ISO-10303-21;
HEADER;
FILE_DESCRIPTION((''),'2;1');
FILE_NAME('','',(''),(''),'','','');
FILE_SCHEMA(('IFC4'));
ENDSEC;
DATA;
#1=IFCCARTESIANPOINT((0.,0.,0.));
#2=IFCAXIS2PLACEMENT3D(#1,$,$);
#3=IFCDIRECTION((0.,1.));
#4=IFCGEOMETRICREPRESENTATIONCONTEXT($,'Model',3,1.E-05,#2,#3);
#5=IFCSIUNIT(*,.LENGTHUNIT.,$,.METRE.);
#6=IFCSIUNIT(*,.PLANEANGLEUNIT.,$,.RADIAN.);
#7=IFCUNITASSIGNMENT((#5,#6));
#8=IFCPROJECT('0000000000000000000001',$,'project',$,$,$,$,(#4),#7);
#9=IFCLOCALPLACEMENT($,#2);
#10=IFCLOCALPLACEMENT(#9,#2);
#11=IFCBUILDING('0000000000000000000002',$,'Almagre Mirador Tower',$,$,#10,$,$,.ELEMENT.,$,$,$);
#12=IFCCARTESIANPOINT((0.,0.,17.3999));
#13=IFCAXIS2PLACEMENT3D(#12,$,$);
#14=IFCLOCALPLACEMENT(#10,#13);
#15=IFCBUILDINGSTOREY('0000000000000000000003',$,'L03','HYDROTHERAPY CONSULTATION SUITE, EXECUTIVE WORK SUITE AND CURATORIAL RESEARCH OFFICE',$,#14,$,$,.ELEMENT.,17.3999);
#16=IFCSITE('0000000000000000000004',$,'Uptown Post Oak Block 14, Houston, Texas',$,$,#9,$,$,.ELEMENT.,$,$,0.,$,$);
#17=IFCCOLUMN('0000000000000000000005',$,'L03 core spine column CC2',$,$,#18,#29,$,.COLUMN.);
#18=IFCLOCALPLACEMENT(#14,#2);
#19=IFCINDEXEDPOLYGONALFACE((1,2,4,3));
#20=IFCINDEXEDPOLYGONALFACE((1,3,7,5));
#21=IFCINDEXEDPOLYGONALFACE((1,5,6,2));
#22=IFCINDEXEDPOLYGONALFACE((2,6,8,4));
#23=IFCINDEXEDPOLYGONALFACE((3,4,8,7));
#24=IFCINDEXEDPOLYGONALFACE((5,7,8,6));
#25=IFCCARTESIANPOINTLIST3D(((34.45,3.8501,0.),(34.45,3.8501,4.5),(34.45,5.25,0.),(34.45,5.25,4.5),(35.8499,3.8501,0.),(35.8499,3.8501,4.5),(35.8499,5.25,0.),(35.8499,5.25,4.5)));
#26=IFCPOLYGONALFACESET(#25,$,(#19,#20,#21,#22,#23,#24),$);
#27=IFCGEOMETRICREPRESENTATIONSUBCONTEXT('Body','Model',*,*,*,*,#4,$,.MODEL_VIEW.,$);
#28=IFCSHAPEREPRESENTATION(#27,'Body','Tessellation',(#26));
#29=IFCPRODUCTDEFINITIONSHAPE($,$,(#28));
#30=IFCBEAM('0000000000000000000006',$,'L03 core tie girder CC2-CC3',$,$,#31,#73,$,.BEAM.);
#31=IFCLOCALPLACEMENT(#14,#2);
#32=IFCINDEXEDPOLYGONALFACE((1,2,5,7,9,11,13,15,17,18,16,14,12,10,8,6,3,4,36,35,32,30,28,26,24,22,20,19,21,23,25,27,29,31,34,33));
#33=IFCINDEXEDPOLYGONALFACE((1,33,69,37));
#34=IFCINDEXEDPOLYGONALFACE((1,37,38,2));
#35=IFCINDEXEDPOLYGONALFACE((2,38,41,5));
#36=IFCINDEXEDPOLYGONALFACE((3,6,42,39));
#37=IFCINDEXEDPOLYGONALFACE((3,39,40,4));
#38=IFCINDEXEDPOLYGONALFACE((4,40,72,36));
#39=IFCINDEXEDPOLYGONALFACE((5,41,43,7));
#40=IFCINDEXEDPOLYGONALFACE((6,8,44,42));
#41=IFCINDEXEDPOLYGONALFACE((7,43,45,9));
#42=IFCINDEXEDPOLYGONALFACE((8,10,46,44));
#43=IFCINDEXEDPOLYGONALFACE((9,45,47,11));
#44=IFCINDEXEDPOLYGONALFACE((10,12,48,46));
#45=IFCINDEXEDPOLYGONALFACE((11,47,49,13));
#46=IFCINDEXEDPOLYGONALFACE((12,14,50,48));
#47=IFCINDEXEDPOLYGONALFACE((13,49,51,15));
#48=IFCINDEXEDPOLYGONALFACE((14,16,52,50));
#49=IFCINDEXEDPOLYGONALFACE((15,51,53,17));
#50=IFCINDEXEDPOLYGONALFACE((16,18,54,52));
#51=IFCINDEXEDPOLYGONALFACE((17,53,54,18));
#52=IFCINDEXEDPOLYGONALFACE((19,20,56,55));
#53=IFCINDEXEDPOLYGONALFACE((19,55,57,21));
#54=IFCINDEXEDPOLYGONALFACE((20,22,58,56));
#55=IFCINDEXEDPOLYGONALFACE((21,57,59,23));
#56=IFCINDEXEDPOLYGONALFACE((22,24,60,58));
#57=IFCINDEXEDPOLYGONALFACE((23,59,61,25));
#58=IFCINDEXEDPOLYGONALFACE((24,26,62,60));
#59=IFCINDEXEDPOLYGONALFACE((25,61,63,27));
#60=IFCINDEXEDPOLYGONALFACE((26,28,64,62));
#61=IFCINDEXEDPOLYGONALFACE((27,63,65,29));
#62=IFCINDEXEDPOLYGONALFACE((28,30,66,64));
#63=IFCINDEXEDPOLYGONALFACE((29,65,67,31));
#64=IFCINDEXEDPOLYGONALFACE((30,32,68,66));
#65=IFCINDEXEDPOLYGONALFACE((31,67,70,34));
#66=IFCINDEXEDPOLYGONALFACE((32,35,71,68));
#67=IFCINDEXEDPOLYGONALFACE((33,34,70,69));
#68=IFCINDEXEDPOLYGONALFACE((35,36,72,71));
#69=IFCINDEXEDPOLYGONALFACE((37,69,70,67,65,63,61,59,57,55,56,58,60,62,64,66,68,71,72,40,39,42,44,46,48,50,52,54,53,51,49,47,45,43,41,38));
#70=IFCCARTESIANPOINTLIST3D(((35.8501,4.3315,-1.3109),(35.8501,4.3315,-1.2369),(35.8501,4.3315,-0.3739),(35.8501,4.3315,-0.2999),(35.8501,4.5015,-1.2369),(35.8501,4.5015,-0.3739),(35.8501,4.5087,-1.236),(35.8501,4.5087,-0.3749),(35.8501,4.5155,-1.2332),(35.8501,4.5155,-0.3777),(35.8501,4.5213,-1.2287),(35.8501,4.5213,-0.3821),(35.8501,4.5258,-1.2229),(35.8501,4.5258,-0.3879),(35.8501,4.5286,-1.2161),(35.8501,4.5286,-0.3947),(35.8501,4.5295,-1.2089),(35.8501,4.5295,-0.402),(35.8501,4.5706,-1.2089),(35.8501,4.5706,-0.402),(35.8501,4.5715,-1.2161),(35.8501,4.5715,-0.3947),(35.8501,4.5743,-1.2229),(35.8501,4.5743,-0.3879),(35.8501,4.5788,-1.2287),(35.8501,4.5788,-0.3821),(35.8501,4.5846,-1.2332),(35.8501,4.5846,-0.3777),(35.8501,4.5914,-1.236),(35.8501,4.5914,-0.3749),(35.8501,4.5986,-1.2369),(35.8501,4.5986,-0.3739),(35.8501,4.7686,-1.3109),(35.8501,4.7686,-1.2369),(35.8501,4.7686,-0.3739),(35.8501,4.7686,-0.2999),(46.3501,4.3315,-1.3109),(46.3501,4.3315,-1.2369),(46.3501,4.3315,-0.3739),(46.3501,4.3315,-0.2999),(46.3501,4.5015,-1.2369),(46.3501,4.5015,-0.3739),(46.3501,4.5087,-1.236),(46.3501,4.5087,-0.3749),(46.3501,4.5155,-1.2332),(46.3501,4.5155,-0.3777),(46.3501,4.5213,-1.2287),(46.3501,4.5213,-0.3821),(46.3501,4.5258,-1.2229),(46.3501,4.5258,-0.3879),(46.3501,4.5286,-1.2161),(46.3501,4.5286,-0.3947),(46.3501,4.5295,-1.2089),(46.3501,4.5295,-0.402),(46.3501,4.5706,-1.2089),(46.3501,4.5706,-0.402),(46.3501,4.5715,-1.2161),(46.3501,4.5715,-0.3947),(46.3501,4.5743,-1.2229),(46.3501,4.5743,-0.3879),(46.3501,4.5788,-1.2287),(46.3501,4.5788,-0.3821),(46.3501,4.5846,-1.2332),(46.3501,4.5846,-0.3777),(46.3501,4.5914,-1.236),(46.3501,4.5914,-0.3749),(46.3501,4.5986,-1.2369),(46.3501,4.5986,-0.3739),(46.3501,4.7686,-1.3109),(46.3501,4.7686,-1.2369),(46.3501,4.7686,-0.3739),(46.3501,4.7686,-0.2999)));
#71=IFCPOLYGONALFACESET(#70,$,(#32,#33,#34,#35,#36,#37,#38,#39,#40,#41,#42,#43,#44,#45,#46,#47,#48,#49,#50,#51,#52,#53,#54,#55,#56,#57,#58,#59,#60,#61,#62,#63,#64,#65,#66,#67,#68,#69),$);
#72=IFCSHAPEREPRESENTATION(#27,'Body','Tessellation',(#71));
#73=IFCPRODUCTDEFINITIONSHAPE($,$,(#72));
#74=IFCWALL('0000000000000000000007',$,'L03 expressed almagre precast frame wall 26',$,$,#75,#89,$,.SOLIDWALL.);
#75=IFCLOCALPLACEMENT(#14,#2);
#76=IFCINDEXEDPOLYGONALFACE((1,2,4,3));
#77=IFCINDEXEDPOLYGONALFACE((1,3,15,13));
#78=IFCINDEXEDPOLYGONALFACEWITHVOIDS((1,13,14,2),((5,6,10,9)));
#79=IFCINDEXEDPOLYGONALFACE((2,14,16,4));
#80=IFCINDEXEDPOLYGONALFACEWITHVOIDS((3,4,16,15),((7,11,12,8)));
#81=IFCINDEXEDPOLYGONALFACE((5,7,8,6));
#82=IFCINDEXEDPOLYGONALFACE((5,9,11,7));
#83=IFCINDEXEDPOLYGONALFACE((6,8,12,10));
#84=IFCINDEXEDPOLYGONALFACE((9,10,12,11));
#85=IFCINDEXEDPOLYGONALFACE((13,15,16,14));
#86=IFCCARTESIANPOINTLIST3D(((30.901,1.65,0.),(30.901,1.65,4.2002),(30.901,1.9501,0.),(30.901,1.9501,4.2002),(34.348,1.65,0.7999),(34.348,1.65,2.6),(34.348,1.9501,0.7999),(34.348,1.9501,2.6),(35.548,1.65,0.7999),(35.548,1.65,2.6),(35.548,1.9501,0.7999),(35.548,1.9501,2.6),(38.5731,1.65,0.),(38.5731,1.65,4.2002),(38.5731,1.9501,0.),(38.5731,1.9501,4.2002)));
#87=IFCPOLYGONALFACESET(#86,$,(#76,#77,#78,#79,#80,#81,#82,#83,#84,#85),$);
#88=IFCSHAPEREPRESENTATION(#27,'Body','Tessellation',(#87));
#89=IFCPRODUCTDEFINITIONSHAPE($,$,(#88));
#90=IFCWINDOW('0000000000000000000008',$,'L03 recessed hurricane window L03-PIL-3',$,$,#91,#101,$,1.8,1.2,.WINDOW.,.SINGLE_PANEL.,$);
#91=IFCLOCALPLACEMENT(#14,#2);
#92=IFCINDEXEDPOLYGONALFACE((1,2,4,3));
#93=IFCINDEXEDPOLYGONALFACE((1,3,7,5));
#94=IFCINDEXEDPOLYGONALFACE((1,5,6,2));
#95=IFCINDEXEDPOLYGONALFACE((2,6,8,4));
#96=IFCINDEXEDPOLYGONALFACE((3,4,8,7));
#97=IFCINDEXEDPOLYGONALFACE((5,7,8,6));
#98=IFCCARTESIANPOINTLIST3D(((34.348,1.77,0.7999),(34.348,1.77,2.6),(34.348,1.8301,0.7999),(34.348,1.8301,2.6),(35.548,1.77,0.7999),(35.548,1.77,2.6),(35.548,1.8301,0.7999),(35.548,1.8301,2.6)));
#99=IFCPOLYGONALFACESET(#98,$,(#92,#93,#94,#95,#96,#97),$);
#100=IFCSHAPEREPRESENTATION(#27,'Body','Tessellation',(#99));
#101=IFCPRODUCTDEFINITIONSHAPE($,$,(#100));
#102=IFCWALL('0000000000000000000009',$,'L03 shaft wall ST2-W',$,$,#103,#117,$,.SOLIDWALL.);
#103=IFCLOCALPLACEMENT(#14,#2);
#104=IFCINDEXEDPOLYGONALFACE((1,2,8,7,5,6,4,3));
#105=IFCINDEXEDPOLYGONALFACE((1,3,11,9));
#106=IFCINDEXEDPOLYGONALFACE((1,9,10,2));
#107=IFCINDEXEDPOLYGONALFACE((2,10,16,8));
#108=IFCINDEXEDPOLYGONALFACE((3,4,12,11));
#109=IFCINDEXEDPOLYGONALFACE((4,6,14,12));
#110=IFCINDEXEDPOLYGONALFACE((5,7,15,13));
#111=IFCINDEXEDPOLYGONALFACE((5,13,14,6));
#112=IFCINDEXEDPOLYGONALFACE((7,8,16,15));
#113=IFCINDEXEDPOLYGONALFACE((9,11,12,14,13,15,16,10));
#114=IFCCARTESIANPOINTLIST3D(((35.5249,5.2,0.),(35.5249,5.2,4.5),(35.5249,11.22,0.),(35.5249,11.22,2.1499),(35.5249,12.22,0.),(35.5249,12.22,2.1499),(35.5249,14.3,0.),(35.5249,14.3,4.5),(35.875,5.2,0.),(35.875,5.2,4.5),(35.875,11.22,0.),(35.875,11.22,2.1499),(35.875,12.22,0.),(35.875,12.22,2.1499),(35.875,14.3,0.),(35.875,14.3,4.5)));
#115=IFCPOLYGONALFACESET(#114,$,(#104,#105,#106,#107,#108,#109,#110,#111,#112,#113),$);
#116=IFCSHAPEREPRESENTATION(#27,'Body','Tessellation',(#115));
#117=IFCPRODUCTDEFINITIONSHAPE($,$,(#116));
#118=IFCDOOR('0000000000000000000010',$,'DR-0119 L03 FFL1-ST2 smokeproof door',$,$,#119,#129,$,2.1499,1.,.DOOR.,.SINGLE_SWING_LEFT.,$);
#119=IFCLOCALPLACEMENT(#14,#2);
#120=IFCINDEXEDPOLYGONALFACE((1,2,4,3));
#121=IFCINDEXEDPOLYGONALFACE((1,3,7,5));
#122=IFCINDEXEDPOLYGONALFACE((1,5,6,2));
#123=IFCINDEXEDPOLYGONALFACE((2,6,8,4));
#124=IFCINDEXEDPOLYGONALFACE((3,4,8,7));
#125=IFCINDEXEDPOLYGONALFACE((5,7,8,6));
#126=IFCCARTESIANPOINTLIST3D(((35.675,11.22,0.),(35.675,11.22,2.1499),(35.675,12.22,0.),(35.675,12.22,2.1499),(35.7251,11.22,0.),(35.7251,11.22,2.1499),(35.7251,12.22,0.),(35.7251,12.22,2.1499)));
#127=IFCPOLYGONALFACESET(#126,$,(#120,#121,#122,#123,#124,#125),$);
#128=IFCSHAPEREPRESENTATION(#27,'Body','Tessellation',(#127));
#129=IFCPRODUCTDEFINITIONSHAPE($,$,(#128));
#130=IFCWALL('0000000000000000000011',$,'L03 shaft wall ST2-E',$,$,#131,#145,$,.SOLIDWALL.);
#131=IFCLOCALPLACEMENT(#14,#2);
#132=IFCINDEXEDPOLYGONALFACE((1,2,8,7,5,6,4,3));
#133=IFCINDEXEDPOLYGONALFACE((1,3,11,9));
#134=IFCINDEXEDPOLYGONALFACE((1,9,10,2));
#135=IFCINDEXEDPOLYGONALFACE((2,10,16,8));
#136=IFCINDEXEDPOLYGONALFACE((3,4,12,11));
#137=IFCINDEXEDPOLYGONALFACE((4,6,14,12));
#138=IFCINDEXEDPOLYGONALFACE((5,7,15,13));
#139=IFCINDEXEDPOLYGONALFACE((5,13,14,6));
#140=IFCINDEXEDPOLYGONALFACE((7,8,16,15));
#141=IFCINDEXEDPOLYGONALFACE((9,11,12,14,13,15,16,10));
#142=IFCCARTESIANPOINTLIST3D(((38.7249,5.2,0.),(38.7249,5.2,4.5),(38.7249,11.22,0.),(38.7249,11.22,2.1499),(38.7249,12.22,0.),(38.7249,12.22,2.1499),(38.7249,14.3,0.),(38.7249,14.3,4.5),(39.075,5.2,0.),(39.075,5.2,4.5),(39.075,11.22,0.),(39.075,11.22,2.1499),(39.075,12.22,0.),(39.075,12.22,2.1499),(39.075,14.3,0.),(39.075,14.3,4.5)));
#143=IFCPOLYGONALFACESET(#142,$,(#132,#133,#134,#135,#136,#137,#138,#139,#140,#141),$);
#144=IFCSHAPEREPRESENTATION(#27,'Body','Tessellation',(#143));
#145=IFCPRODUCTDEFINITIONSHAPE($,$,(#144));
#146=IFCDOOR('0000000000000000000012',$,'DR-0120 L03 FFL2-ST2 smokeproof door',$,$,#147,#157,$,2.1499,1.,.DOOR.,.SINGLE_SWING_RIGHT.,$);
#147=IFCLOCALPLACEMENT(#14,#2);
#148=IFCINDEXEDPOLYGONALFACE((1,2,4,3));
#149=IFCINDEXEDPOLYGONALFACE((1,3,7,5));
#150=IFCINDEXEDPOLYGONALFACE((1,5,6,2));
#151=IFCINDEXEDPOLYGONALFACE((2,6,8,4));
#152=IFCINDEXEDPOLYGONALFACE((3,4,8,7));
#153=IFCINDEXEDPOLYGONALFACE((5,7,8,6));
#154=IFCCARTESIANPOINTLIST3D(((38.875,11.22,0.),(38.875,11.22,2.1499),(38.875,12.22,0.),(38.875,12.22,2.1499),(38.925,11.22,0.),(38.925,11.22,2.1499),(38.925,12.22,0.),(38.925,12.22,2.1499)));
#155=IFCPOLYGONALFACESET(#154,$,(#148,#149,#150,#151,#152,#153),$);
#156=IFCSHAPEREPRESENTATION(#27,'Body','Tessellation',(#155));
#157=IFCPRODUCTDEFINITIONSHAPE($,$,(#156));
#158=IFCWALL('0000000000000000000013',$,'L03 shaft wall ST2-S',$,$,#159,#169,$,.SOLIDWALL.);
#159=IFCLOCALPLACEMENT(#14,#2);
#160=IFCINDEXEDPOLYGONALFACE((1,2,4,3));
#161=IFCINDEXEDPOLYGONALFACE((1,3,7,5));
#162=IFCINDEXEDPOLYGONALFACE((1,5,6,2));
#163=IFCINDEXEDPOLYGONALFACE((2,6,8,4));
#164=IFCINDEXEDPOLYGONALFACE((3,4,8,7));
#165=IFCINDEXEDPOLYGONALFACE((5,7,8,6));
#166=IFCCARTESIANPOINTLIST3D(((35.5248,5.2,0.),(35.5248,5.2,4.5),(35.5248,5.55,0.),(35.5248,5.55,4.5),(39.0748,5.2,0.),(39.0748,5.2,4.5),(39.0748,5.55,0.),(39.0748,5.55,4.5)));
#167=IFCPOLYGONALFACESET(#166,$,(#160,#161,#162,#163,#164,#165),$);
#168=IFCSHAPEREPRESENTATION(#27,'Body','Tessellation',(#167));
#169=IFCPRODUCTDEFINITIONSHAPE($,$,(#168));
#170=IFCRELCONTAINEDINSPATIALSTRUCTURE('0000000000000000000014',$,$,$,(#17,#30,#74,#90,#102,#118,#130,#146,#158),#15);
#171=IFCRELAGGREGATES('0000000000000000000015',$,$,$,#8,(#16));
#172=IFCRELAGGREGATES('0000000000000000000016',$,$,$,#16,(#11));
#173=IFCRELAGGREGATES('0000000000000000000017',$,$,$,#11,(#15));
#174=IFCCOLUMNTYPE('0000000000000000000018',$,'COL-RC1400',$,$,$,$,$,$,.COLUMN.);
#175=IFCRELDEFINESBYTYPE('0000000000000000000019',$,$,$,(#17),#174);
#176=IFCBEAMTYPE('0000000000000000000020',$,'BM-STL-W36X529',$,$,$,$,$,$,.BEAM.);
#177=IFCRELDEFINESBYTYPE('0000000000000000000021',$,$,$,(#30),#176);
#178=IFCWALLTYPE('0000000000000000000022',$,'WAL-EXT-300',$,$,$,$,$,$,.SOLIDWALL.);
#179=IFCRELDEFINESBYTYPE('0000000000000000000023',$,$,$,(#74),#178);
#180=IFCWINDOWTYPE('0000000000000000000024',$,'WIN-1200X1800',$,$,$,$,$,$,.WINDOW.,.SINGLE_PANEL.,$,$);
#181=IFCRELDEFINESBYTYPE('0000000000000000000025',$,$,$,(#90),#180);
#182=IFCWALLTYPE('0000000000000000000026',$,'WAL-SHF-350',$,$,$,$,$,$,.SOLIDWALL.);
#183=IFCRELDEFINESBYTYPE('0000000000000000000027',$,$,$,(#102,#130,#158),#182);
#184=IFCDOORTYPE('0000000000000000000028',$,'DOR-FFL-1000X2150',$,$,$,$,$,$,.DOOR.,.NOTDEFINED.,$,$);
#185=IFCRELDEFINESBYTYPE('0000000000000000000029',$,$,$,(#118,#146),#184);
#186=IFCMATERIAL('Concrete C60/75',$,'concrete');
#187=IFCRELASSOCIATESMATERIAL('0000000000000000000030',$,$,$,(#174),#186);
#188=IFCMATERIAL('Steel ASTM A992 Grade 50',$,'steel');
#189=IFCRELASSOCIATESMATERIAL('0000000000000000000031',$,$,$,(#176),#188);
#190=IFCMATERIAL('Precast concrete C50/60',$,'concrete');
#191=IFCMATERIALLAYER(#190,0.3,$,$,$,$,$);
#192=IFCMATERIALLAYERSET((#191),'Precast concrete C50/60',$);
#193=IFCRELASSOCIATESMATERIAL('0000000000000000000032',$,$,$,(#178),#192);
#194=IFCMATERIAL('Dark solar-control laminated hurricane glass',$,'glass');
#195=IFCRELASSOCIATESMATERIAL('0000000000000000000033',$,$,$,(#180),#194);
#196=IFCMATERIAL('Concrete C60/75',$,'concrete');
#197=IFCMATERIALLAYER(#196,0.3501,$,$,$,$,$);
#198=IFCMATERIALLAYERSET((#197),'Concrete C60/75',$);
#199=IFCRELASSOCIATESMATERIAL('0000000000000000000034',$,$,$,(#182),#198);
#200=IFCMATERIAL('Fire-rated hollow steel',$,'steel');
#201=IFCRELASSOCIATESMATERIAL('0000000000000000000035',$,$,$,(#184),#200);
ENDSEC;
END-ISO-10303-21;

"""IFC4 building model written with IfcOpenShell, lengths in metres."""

from ifc_helpers import new_model, si_unit, direction, frame, frame_2d, origin, origin_2d, place, context, subcontext, project, spatial, rectangle, i_section, extrude, material, layer, layer_set, material_profile, profile_set, type_object, element, fill, save


model = new_model("IFC4")

# Units and contexts
model_context = context("Model", 3, precision=1e-05, world=origin(), true_north=direction((0.0, 1.0)))
body_context = subcontext(model_context, "Body", "Model", "MODEL_VIEW")
ifc_project = project(units=[si_unit("LENGTHUNIT", "METRE"), si_unit("PLANEANGLEUNIT", "RADIAN")], contexts=[model_context])

# Site, building, storey
site_placement = place(None, origin())
site = spatial("IfcSite", under=ifc_project, at=site_placement, Name="Uptown Post Oak Block 14, Houston, Texas", CompositionType="ELEMENT", RefElevation=0.0)
building_placement = place(site_placement, origin())
building = spatial("IfcBuilding", under=site, at=building_placement, Name="Almagre Mirador Tower", CompositionType="ELEMENT")
storey_placement = place(building_placement, frame((0.0, 0.0, 17.3999)))
storey = spatial("IfcBuildingStorey", under=building, at=storey_placement, Name="L03", Description="HYDROTHERAPY CONSULTATION SUITE, EXECUTIVE WORK SUITE AND CURATORIAL RESEARCH OFFICE", CompositionType="ELEMENT", Elevation=17.3999)

# Column
ifc_material_1 = material(Name="Concrete C60/75", Category="concrete")
ifc_material_profile_1 = material_profile(ifc_material_1, rectangle(XDim=1.3999, YDim=1.3999, at=origin_2d()), Name="RC1400X1400")
ifc_profile_set_1 = profile_set([ifc_material_profile_1], Name="Concrete C60/75")
column_type = type_object("IfcColumnType", Name="COL-RC1400", PredefinedType="COLUMN", material=ifc_profile_set_1)
column_placement = place(storey_placement, frame((35.1499, 4.55, 0.0), z_axis=(0.0, 0.0, 1.0), x_axis=(1.0, 0.0, 0.0)))
element("IfcColumn", 1, at=column_placement, inside=storey, type_object=column_type, Name="L03 core spine column CC2", PredefinedType="COLUMN", context=body_context, shape_type="SweptSolid", body=[
    extrude(rectangle(XDim=1.3999, YDim=1.3999, at=origin_2d()), origin(), (0.0, 0.0, 1.0), 4.5),
])

# Beam
ifc_material_2 = material(Name="Steel ASTM A992 Grade 50", Category="steel")
ifc_material_profile_2 = material_profile(ifc_material_2, i_section(OverallWidth=0.437, OverallDepth=1.011, WebThickness=0.041, FlangeThickness=0.074, FilletRadius=0.0281, at=origin_2d()), Name="W36X529")
ifc_profile_set_2 = profile_set([ifc_material_profile_2], Name="Steel ASTM A992 Grade 50")
beam_type = type_object("IfcBeamType", Name="BM-STL-W36X529", PredefinedType="BEAM", material=ifc_profile_set_2)
beam_placement = place(storey_placement, frame((35.8501, 4.55, -0.8054), z_axis=(1.0, 0.0, 0.0), x_axis=(0.0, 1.0, 0.0)))
element("IfcBeam", 2, at=beam_placement, inside=storey, type_object=beam_type, Name="L03 core tie girder CC2-CC3", PredefinedType="BEAM", context=body_context, shape_type="SweptSolid", body=[
    extrude(i_section(OverallWidth=0.437, OverallDepth=1.011, WebThickness=0.041, FlangeThickness=0.074, FilletRadius=0.0281, at=origin_2d()), origin(), (0.0, 0.0, 1.0), 10.5),
])

# Wall, opening, window
ifc_material_3 = material(Name="Precast concrete C50/60", Category="concrete")
ifc_layer_1 = layer(ifc_material_3, 0.3)
ifc_layer_set_1 = layer_set([ifc_layer_1], Name="Precast concrete C50/60")
wall_type_1 = type_object("IfcWallType", Name="WAL-EXT-300", PredefinedType="SOLIDWALL", material=ifc_layer_set_1)
wall_1_placement = place(storey_placement, frame((38.573, 1.8, 0.0), z_axis=(0.0, 0.0, 1.0), x_axis=(-1.0, 0.0, 0.0)))
wall_1 = element("IfcWall", 3, at=wall_1_placement, inside=storey, type_object=wall_type_1, Name="L03 expressed almagre precast frame wall 26", PredefinedType="SOLIDWALL", context=body_context, shape_type="SweptSolid", body=[
    extrude(rectangle(XDim=7.6721, YDim=0.3, at=frame_2d((3.8359, 0.0))), origin(), (0.0, 0.0, 1.0), 4.2002),
])
opening_1_placement = place(wall_1_placement, frame((3.0249, 0.0, 0.8)))
opening_1 = element("IfcOpeningElement", 4, at=opening_1_placement, cuts=wall_1, PredefinedType="OPENING", context=body_context, shape_type="SweptSolid", body=[
    extrude(rectangle(XDim=1.2, YDim=1.8, at=frame_2d((0.6001, 0.8999))), frame((0.0, 0.1599, 0.0), z_axis=(0.0, -1.0, 0.0), x_axis=(1.0, 0.0, 0.0)), (0.0, 0.0, 1.0), 0.32),
])
ifc_material_4 = material(Name="Dark solar-control laminated hurricane glass", Category="glass")
window_type = type_object("IfcWindowType", Name="WIN-1200X1800", PartitioningType="SINGLE_PANEL", PredefinedType="WINDOW", material=ifc_material_4)
window_placement = place(opening_1_placement, origin())
window = element("IfcWindow", 5, at=window_placement, inside=storey, type_object=window_type, Name="L03 recessed hurricane window L03-PIL-3", OverallHeight=1.8, OverallWidth=1.2, PartitioningType="SINGLE_PANEL", PredefinedType="WINDOW", context=body_context, shape_type="SweptSolid", body=[
    extrude(rectangle(XDim=1.2, YDim=1.8, at=frame_2d((0.6001, 0.8999))), frame((0.0, 0.03, 0.0), z_axis=(0.0, -1.0, 0.0), x_axis=(1.0, 0.0, 0.0)), (0.0, 0.0, 1.0), 0.0601),
])
fill(opening_1, window)

# Walls, openings, doors
ifc_material_5 = material(Name="Concrete C60/75", Category="concrete")
ifc_layer_2 = layer(ifc_material_5, 0.3501)
ifc_layer_set_2 = layer_set([ifc_layer_2], Name="Concrete C60/75")
wall_type_2 = type_object("IfcWallType", Name="WAL-SHF-350", PredefinedType="SOLIDWALL", material=ifc_layer_set_2)
wall_2_placement = place(storey_placement, frame((35.7, 5.2, 0.0), z_axis=(0.0, 0.0, 1.0), x_axis=(0.0, 1.0, 0.0)))
wall_2 = element("IfcWall", 6, at=wall_2_placement, inside=storey, type_object=wall_type_2, Name="L03 shaft wall ST2-W", PredefinedType="SOLIDWALL", context=body_context, shape_type="SweptSolid", body=[
    extrude(rectangle(XDim=9.1001, YDim=0.3501, at=frame_2d((4.55, 0.0))), origin(), (0.0, 0.0, 1.0), 4.5),
])
opening_2_placement = place(wall_2_placement, frame((6.02, 0.0, 0.0)))
opening_2 = element("IfcOpeningElement", 7, at=opening_2_placement, cuts=wall_2, PredefinedType="OPENING", context=body_context, shape_type="SweptSolid", body=[
    extrude(rectangle(XDim=1.0, YDim=2.1499, at=frame_2d((0.5, 1.075))), frame((0.0, 0.185, 0.0), z_axis=(0.0, -1.0, 0.0), x_axis=(1.0, 0.0, 0.0)), (0.0, 0.0, 1.0), 0.3701),
])
ifc_material_6 = material(Name="Fire-rated hollow steel", Category="steel")
door_type_1 = type_object("IfcDoorType", Name="DOR-FFL-1000X2150", OperationType="NOTDEFINED", PredefinedType="DOOR", material=ifc_material_6)
door_1_placement = place(opening_2_placement, origin())
door_1 = element("IfcDoor", 8, at=door_1_placement, inside=storey, type_object=door_type_1, Name="DR-0119 L03 FFL1-ST2 smokeproof door", OperationType="SINGLE_SWING_LEFT", OverallHeight=2.1499, OverallWidth=1.0, PredefinedType="DOOR", context=body_context, shape_type="SweptSolid", body=[
    extrude(rectangle(XDim=1.0, YDim=2.1499, at=frame_2d((0.5, 1.075))), frame((0.0, 0.0249, 0.0), z_axis=(0.0, -1.0, 0.0), x_axis=(1.0, 0.0, 0.0)), (0.0, 0.0, 1.0), 0.05),
])
fill(opening_2, door_1)
wall_3_placement = place(storey_placement, frame((38.8999, 5.2, 0.0), z_axis=(0.0, 0.0, 1.0), x_axis=(0.0, 1.0, 0.0)))
wall_3 = element("IfcWall", 9, at=wall_3_placement, inside=storey, type_object=wall_type_2, Name="L03 shaft wall ST2-E", PredefinedType="SOLIDWALL", context=body_context, shape_type="SweptSolid", body=[
    extrude(rectangle(XDim=9.1001, YDim=0.3501, at=frame_2d((4.55, 0.0))), origin(), (0.0, 0.0, 1.0), 4.5),
])
opening_3_placement = place(wall_3_placement, frame((6.02, 0.0, 0.0)))
opening_3 = element("IfcOpeningElement", 10, at=opening_3_placement, cuts=wall_3, PredefinedType="OPENING", context=body_context, shape_type="SweptSolid", body=[
    extrude(rectangle(XDim=1.0, YDim=2.1499, at=frame_2d((0.5, 1.075))), frame((0.0, 0.185, 0.0), z_axis=(0.0, -1.0, 0.0), x_axis=(1.0, 0.0, 0.0)), (0.0, 0.0, 1.0), 0.3701),
])
door_2_placement = place(opening_3_placement, origin())
door_2 = element("IfcDoor", 11, at=door_2_placement, inside=storey, type_object=door_type_1, Name="DR-0120 L03 FFL2-ST2 smokeproof door", OperationType="SINGLE_SWING_RIGHT", OverallHeight=2.1499, OverallWidth=1.0, PredefinedType="DOOR", context=body_context, shape_type="SweptSolid", body=[
    extrude(rectangle(XDim=1.0, YDim=2.1499, at=frame_2d((0.5, 1.075))), frame((0.0, 0.0249, 0.0), z_axis=(0.0, -1.0, 0.0), x_axis=(1.0, 0.0, 0.0)), (0.0, 0.0, 1.0), 0.05),
])
fill(opening_3, door_2)

# Wall
wall_4_placement = place(storey_placement, frame((35.5249, 5.375, 0.0), z_axis=(0.0, 0.0, 1.0), x_axis=(1.0, 0.0, 0.0)))
element("IfcWall", 12, at=wall_4_placement, inside=storey, type_object=wall_type_2, Name="L03 shaft wall ST2-S", PredefinedType="SOLIDWALL", context=body_context, shape_type="SweptSolid", body=[
    extrude(rectangle(XDim=3.55, YDim=0.3501, at=frame_2d((1.7749, 0.0))), origin(), (0.0, 0.0, 1.0), 4.5),
])

save(model, "model.ifc")
